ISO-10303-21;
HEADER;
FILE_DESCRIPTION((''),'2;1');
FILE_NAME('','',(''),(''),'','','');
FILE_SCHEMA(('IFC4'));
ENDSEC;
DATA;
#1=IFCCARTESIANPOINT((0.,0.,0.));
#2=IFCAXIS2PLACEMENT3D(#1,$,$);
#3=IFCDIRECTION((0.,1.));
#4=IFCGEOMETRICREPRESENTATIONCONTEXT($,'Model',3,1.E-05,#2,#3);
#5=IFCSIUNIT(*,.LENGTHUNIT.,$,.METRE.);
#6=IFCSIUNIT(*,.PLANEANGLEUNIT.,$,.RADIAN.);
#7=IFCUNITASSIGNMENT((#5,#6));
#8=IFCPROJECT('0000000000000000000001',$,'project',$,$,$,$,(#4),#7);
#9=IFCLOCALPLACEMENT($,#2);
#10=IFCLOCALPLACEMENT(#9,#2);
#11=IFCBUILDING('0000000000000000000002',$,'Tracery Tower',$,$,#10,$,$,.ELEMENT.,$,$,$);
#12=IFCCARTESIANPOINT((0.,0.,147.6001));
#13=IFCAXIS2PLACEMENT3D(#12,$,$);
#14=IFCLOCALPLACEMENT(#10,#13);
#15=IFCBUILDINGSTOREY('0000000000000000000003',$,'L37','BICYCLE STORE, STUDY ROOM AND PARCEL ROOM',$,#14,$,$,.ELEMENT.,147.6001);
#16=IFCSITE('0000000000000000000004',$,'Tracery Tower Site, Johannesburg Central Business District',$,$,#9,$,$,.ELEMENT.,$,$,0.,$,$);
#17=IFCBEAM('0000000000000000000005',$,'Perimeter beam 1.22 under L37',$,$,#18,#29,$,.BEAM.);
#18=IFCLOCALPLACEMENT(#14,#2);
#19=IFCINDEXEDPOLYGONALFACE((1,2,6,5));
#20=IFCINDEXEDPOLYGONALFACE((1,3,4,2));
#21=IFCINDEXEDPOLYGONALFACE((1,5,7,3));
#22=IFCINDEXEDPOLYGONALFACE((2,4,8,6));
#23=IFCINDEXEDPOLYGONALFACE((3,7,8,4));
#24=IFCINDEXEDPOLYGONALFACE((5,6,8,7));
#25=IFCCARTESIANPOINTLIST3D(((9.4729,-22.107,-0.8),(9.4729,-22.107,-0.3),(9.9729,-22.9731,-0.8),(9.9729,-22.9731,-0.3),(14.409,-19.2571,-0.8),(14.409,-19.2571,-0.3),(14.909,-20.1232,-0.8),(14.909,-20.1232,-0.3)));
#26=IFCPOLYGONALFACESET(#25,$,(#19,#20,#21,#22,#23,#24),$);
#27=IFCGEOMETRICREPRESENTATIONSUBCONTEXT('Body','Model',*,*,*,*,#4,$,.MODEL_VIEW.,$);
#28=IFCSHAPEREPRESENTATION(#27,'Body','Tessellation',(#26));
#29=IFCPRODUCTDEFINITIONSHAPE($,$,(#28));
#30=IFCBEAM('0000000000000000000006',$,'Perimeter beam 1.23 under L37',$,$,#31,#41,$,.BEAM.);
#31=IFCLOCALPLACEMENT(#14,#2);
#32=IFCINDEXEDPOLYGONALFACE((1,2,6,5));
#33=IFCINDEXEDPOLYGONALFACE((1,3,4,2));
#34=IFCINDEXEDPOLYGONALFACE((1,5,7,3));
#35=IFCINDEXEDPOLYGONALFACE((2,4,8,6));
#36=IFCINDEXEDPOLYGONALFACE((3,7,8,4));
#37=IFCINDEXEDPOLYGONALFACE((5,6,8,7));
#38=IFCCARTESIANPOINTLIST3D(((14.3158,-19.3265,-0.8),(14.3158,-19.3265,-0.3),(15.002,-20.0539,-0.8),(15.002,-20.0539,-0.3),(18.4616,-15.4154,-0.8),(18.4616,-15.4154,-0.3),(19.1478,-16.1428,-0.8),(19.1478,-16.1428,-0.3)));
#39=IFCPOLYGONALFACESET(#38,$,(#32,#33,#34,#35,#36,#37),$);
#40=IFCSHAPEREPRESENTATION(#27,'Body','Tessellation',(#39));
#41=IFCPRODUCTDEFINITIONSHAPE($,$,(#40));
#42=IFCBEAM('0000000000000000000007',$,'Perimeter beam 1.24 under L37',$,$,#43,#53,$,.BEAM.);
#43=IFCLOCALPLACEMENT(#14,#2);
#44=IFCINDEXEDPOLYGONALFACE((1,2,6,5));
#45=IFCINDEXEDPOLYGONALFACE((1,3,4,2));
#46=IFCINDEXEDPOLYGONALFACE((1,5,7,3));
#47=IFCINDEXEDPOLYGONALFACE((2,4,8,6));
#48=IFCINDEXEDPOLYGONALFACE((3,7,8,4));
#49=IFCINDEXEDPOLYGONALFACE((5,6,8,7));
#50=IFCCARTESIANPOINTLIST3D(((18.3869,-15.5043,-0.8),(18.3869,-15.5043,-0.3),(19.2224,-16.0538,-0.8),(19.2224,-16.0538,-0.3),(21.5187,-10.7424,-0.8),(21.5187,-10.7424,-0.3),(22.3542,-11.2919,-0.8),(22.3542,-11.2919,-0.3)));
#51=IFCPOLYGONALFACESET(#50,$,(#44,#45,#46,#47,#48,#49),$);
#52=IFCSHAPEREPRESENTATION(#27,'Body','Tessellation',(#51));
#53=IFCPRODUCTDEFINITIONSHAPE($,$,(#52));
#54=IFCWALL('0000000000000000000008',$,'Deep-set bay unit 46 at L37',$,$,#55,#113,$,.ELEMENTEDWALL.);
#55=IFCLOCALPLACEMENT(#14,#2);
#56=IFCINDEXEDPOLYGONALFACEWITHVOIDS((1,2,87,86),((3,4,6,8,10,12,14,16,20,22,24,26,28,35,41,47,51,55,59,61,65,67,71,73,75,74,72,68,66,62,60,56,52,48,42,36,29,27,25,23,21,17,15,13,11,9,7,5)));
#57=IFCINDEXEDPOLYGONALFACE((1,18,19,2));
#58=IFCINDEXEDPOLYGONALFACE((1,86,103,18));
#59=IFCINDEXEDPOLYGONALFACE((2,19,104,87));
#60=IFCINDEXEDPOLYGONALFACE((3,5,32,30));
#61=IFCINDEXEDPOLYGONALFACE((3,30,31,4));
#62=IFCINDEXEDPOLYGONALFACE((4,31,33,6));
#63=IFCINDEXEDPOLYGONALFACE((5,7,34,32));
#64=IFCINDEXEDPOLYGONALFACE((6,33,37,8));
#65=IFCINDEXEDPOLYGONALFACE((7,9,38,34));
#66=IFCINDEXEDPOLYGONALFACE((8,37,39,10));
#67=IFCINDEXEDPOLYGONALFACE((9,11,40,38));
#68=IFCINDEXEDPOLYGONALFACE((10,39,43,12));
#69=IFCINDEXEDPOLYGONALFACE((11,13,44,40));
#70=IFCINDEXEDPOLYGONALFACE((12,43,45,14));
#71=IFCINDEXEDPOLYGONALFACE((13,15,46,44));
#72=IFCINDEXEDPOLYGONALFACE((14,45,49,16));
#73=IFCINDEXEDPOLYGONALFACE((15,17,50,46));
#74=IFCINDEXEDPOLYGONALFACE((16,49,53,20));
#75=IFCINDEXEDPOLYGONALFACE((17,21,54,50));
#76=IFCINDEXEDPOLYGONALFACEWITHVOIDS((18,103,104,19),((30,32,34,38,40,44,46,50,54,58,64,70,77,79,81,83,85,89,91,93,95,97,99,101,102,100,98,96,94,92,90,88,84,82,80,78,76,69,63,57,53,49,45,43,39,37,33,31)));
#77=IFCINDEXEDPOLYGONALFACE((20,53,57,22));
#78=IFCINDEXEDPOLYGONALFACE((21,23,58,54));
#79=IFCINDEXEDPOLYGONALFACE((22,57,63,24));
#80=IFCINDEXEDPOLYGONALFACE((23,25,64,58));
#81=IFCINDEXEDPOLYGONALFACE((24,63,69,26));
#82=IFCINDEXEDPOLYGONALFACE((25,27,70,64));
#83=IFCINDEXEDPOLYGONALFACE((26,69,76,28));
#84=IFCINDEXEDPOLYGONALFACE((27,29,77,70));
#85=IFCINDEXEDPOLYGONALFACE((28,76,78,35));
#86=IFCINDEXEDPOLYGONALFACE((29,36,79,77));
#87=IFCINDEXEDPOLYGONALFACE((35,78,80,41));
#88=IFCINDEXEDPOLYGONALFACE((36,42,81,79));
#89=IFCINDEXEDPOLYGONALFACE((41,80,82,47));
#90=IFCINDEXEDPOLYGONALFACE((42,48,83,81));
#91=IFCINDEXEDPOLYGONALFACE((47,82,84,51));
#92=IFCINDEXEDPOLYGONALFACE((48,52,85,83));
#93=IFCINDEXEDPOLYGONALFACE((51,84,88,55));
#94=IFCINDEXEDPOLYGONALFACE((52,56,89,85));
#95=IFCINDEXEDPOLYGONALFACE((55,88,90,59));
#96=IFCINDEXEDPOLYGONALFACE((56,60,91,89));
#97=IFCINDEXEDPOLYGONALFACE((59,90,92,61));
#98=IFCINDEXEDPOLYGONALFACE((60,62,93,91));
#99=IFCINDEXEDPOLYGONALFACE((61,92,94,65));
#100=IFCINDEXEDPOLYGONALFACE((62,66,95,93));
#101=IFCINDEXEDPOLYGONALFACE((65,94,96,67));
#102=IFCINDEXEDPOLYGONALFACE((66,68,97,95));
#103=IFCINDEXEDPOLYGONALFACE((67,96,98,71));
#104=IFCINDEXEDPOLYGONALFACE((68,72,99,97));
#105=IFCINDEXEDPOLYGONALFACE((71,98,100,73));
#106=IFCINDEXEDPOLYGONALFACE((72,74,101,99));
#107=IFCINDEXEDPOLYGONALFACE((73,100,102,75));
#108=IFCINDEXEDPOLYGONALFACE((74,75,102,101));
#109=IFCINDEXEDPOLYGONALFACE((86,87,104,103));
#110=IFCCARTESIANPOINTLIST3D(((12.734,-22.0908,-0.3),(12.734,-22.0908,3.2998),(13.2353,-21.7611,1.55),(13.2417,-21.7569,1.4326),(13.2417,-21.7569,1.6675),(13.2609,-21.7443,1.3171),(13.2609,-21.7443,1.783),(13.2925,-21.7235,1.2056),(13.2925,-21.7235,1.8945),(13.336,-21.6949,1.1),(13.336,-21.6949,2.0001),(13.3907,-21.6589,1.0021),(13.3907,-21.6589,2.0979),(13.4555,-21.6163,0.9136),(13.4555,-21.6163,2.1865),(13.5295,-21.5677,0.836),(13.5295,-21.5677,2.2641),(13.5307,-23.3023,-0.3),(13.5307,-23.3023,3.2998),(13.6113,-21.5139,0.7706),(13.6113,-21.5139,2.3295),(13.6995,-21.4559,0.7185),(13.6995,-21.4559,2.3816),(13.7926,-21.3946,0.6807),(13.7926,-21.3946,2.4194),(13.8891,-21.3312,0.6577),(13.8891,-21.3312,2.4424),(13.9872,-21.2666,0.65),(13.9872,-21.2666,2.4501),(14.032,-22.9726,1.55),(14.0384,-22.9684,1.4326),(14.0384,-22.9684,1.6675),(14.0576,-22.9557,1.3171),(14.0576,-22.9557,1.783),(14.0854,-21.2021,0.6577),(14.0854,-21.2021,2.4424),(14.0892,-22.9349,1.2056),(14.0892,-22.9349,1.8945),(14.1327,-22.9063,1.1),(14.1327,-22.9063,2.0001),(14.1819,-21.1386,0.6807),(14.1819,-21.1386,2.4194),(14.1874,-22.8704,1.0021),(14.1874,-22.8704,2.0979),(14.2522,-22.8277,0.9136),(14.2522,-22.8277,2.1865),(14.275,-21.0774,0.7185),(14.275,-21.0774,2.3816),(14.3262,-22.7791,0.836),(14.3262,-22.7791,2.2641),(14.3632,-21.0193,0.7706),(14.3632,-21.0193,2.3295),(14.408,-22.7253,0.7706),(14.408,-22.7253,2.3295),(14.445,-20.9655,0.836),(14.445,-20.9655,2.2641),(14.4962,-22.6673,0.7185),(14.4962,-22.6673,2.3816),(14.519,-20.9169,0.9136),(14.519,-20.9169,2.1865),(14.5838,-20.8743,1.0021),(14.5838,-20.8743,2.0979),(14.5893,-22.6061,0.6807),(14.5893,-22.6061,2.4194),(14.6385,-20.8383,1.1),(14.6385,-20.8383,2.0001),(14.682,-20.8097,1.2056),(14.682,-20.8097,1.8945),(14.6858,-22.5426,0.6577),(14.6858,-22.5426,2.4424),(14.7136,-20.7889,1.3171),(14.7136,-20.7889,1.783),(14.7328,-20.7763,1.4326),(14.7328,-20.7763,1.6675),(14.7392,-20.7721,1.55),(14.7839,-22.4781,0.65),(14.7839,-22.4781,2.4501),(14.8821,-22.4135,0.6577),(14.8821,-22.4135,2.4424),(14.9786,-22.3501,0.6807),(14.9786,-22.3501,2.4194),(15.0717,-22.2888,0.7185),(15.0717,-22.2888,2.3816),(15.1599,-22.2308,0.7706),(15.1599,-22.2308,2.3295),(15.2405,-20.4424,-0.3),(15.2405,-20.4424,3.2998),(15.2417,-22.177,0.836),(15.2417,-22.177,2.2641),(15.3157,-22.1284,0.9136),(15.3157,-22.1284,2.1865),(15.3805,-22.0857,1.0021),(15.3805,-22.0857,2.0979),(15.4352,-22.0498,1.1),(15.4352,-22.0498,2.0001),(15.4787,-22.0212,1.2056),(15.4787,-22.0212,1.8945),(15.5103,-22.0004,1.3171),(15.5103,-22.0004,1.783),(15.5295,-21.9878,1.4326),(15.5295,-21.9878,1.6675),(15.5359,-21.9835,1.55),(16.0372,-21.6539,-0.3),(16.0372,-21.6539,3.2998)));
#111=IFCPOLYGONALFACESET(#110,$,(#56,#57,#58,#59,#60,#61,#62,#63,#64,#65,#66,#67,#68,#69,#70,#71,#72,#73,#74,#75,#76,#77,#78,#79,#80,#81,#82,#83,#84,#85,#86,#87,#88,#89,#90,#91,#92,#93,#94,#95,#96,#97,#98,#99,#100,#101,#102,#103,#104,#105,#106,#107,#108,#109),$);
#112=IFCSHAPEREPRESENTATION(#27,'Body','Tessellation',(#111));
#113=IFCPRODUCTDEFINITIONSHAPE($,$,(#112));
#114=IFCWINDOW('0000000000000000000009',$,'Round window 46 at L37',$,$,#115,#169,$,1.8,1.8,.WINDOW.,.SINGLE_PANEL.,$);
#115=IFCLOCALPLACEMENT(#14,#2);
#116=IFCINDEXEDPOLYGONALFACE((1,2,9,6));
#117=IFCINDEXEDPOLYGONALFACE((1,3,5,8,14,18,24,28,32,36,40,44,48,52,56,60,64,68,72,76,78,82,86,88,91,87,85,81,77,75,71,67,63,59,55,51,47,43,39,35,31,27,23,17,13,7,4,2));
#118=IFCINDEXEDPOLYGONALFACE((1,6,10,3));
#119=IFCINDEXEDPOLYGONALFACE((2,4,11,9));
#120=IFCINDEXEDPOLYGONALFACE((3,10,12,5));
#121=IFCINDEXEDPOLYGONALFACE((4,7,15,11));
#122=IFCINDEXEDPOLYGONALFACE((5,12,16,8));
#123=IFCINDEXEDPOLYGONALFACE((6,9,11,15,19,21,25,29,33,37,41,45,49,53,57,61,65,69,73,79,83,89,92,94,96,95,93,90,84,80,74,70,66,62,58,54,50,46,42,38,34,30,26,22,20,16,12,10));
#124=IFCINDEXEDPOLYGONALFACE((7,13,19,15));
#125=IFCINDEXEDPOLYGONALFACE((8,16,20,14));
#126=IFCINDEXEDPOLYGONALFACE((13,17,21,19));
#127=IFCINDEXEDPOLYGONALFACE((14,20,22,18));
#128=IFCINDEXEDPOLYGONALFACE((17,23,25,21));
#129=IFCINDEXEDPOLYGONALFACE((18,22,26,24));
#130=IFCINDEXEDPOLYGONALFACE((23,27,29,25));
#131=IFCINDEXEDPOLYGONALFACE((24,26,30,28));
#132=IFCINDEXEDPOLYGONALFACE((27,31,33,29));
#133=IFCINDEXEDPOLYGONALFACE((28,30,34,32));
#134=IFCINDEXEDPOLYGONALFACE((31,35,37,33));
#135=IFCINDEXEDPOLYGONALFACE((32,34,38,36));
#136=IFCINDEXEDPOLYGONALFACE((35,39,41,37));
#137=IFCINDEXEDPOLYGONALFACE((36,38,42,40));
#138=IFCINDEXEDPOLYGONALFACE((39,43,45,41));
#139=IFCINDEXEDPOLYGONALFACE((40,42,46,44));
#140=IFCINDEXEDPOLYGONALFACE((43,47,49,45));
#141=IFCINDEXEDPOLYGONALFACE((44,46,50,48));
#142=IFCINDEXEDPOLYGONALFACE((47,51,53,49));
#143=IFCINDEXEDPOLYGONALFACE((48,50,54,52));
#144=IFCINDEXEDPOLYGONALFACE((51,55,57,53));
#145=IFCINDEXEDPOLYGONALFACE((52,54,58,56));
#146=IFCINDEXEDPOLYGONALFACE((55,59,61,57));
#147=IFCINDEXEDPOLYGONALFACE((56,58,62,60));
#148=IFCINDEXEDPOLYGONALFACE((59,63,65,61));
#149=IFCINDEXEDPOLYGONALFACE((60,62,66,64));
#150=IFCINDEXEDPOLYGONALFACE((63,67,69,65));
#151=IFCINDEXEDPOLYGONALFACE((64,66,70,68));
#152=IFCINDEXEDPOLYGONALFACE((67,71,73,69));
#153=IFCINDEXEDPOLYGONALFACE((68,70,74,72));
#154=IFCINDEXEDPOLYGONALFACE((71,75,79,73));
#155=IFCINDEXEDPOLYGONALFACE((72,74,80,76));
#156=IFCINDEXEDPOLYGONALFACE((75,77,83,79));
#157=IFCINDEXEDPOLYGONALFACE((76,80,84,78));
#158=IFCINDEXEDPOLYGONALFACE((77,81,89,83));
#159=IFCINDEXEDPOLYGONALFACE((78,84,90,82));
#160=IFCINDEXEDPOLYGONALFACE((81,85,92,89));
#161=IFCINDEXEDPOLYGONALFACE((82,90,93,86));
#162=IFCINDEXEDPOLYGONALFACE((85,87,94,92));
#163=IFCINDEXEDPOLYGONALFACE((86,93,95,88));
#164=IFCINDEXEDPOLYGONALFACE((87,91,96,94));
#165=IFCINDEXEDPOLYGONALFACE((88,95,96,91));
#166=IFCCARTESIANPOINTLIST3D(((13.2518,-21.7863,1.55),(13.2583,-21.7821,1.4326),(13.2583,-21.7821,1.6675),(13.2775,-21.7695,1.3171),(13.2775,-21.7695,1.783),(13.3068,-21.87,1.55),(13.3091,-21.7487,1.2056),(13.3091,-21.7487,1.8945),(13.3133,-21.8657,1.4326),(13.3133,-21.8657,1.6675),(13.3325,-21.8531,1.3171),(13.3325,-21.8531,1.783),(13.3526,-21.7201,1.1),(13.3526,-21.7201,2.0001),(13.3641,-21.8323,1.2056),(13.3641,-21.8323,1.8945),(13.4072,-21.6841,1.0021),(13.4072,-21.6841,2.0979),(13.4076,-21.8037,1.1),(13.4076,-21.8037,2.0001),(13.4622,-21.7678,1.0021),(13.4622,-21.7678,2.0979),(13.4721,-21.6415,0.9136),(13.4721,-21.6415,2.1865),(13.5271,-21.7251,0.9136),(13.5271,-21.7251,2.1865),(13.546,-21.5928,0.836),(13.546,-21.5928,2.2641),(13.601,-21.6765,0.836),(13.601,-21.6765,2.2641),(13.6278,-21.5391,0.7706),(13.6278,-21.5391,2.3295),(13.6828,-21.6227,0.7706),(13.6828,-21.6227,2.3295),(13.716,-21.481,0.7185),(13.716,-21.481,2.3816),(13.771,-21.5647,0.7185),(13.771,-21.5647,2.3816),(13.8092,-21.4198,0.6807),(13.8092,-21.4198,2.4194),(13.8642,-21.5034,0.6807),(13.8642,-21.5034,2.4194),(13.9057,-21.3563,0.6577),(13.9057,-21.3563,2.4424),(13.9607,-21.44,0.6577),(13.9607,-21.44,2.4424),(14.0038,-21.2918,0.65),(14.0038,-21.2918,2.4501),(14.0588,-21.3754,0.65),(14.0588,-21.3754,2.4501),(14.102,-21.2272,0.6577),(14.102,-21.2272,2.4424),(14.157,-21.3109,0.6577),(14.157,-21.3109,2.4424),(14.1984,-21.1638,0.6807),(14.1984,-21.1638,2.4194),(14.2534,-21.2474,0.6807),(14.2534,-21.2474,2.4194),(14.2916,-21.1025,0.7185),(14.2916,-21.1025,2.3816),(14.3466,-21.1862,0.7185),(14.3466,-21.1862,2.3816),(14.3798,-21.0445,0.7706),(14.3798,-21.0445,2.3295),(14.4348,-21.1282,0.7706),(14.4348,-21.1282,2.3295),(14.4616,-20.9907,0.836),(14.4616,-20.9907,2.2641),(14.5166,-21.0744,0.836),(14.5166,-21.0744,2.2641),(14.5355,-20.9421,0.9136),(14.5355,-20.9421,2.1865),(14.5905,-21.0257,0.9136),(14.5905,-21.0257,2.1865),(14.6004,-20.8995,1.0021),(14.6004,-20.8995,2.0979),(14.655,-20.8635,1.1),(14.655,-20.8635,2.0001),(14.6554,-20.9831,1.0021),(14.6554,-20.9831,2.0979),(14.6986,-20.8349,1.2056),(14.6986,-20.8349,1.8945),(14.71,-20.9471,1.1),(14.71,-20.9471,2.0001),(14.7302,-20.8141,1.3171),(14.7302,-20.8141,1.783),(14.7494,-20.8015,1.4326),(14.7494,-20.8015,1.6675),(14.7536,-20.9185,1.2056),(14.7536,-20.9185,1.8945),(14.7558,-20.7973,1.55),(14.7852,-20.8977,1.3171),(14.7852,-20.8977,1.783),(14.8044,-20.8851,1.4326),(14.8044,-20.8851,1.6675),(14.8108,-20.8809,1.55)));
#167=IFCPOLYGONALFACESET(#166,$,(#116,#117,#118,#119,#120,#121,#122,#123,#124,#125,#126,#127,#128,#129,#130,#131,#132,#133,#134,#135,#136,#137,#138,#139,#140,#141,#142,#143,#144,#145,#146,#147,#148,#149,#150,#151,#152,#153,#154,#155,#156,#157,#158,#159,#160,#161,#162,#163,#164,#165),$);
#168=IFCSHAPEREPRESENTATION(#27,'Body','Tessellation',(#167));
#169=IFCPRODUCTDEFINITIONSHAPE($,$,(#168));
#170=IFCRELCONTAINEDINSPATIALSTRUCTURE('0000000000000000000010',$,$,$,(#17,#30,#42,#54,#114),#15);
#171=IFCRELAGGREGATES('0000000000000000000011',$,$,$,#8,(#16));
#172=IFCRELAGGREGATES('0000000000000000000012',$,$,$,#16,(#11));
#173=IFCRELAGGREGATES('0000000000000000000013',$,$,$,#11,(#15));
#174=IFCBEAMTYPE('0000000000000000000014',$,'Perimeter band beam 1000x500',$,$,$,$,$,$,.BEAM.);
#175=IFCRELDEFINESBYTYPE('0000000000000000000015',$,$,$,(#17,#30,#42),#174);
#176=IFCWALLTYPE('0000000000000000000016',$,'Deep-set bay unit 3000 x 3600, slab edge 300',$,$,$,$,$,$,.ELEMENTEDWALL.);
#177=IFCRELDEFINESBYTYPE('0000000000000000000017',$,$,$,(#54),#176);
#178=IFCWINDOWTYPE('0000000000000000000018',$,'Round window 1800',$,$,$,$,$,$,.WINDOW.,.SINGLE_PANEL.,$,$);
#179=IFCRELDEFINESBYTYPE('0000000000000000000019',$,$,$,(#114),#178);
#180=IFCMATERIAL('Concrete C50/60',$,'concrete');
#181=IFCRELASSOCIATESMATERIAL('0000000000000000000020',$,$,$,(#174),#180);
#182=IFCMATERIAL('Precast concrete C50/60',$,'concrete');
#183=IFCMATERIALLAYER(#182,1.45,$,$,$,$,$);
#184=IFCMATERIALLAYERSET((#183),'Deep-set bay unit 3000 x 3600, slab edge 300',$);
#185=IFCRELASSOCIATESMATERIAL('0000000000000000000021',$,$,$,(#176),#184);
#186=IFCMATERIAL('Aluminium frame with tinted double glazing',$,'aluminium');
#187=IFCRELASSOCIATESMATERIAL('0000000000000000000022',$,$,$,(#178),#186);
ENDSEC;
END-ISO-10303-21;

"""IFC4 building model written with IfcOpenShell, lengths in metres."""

from ifc_helpers import new_model, si_unit, direction, frame, frame_2d, origin, origin_2d, place, context, subcontext, project, spatial, rectangle, circle, extrude, material, layer, layer_set, material_profile, profile_set, type_object, element, fill, save


model = new_model("IFC4")

# Units and contexts
model_context = context("Model", 3, precision=1e-05, world=origin(), true_north=direction((0.0, 1.0)))
body_context = subcontext(model_context, "Body", "Model", "MODEL_VIEW")
ifc_project = project(units=[si_unit("LENGTHUNIT", "METRE"), si_unit("PLANEANGLEUNIT", "RADIAN")], contexts=[model_context])

# Site, building, storey
site_placement = place(None, origin())
site = spatial("IfcSite", under=ifc_project, at=site_placement, Name="Tracery Tower Site, Johannesburg Central Business District", CompositionType="ELEMENT", RefElevation=0.0)
building_placement = place(site_placement, origin())
building = spatial("IfcBuilding", under=site, at=building_placement, Name="Tracery Tower", CompositionType="ELEMENT")
storey_placement = place(building_placement, frame((0.0, 0.0, 147.6001)))
storey = spatial("IfcBuildingStorey", under=building, at=storey_placement, Name="L37", Description="BICYCLE STORE, STUDY ROOM AND PARCEL ROOM", CompositionType="ELEMENT", Elevation=147.6001)

# Beams
ifc_material_1 = material(Name="Concrete C50/60", Category="concrete")
ifc_material_profile_1 = material_profile(ifc_material_1, rectangle(XDim=1.0, YDim=0.5, at=origin_2d()), Name="RC 1000x500")
ifc_profile_set_1 = profile_set([ifc_material_profile_1], Name="Concrete C50/60")
beam_type = type_object("IfcBeamType", Name="Perimeter band beam 1000x500", PredefinedType="BEAM", material=ifc_profile_set_1)
beam_placement = place(storey_placement, frame((9.7229, -22.54, -0.55), z_axis=(0.866023, 0.500004, 0.0), x_axis=(-0.500004, 0.866023, 0.0)))
element("IfcBeam", 1, at=beam_placement, inside=storey, type_object=beam_type, Name="Perimeter beam 1.22 under L37", PredefinedType="BEAM", context=body_context, shape_type="SweptSolid", body=[
    extrude(rectangle(XDim=1.0, YDim=0.5, at=origin_2d()), origin(), (0.0, 0.0, 1.0), 5.6997),
])
for number, where, z_axis, x_axis, name in (
    (2, (14.6589, -19.6902, -0.55), (0.72739, 0.686225, 0.0), (-0.686225, 0.72739, 0.0), "Perimeter beam 1.23 under L37"),
    (3, (18.8047, -15.7791, -0.55), (0.54949, 0.8355, 0.0), (-0.8355, 0.54949, 0.0), "Perimeter beam 1.24 under L37"),
):
    element("IfcBeam", number, at=place(storey_placement, frame(where, z_axis=z_axis, x_axis=x_axis)), inside=storey, type_object=beam_type, Name=name, PredefinedType="BEAM", context=body_context, shape_type="SweptSolid", body=[
        extrude(rectangle(XDim=1.0, YDim=0.5, at=origin_2d()), origin(), (0.0, 0.0, 1.0), 5.6995),
    ])

# Wall, opening, window
ifc_material_2 = material(Name="Precast concrete C50/60", Category="concrete")
ifc_layer_1 = layer(ifc_material_2, 1.45)
ifc_layer_set_1 = layer_set([ifc_layer_1], Name="Deep-set bay unit 3000 x 3600, slab edge 300")
wall_type_1 = type_object("IfcWallType", Name="Deep-set bay unit 3000 x 3600, slab edge 300", PredefinedType="ELEMENTEDWALL", material=ifc_layer_set_1)
wall_1_placement = place(storey_placement, frame((13.1323, -22.6965, -0.3), z_axis=(0.0, 0.0, 1.0), x_axis=(0.835514, 0.549469, 0.0)))
wall_1 = element("IfcWall", 4, at=wall_1_placement, inside=storey, type_object=wall_type_1, Name="Deep-set bay unit 46 at L37", PredefinedType="ELEMENTEDWALL", context=body_context, shape_type="SweptSolid", body=[
    extrude(rectangle(XDim=3.0, YDim=1.45, at=frame_2d((1.5, 0.0))), origin(), (0.0, 0.0, 1.0), 3.5999),
])
opening_1_placement = place(wall_1_placement, frame((1.5, 0.0, 1.8501)))
opening_1 = element("IfcOpeningElement", 5, at=opening_1_placement, cuts=wall_1, PredefinedType="OPENING", context=body_context, shape_type="SweptSolid", body=[
    extrude(circle(Radius=0.9, at=origin_2d()), frame((0.0, 0.7349, 0.0), z_axis=(0.0, -1.0, 0.0), x_axis=(1.0, 0.0, 0.0)), (0.0, 0.0, 1.0), 1.47),
])
ifc_material_3 = material(Name="Aluminium frame with tinted double glazing", Category="aluminium")
window_type = type_object("IfcWindowType", Name="Round window 1800", PartitioningType="SINGLE_PANEL", PredefinedType="WINDOW", material=ifc_material_3)
window_1_placement = place(opening_1_placement, origin())
window_1 = element("IfcWindow", 6, at=window_1_placement, inside=storey, type_object=window_type, Name="Round window 46 at L37", OverallHeight=1.8, OverallWidth=1.8, PartitioningType="SINGLE_PANEL", PredefinedType="WINDOW", context=body_context, shape_type="SweptSolid", body=[
    extrude(circle(Radius=0.9, at=origin_2d()), frame((0.0, 0.6948, 0.0), z_axis=(0.0, -1.0, 0.0), x_axis=(1.0, 0.0, 0.0)), (0.0, 0.0, 1.0), 0.1001),
])
fill(opening_1, window_1)

save(model, "model.ifc")
